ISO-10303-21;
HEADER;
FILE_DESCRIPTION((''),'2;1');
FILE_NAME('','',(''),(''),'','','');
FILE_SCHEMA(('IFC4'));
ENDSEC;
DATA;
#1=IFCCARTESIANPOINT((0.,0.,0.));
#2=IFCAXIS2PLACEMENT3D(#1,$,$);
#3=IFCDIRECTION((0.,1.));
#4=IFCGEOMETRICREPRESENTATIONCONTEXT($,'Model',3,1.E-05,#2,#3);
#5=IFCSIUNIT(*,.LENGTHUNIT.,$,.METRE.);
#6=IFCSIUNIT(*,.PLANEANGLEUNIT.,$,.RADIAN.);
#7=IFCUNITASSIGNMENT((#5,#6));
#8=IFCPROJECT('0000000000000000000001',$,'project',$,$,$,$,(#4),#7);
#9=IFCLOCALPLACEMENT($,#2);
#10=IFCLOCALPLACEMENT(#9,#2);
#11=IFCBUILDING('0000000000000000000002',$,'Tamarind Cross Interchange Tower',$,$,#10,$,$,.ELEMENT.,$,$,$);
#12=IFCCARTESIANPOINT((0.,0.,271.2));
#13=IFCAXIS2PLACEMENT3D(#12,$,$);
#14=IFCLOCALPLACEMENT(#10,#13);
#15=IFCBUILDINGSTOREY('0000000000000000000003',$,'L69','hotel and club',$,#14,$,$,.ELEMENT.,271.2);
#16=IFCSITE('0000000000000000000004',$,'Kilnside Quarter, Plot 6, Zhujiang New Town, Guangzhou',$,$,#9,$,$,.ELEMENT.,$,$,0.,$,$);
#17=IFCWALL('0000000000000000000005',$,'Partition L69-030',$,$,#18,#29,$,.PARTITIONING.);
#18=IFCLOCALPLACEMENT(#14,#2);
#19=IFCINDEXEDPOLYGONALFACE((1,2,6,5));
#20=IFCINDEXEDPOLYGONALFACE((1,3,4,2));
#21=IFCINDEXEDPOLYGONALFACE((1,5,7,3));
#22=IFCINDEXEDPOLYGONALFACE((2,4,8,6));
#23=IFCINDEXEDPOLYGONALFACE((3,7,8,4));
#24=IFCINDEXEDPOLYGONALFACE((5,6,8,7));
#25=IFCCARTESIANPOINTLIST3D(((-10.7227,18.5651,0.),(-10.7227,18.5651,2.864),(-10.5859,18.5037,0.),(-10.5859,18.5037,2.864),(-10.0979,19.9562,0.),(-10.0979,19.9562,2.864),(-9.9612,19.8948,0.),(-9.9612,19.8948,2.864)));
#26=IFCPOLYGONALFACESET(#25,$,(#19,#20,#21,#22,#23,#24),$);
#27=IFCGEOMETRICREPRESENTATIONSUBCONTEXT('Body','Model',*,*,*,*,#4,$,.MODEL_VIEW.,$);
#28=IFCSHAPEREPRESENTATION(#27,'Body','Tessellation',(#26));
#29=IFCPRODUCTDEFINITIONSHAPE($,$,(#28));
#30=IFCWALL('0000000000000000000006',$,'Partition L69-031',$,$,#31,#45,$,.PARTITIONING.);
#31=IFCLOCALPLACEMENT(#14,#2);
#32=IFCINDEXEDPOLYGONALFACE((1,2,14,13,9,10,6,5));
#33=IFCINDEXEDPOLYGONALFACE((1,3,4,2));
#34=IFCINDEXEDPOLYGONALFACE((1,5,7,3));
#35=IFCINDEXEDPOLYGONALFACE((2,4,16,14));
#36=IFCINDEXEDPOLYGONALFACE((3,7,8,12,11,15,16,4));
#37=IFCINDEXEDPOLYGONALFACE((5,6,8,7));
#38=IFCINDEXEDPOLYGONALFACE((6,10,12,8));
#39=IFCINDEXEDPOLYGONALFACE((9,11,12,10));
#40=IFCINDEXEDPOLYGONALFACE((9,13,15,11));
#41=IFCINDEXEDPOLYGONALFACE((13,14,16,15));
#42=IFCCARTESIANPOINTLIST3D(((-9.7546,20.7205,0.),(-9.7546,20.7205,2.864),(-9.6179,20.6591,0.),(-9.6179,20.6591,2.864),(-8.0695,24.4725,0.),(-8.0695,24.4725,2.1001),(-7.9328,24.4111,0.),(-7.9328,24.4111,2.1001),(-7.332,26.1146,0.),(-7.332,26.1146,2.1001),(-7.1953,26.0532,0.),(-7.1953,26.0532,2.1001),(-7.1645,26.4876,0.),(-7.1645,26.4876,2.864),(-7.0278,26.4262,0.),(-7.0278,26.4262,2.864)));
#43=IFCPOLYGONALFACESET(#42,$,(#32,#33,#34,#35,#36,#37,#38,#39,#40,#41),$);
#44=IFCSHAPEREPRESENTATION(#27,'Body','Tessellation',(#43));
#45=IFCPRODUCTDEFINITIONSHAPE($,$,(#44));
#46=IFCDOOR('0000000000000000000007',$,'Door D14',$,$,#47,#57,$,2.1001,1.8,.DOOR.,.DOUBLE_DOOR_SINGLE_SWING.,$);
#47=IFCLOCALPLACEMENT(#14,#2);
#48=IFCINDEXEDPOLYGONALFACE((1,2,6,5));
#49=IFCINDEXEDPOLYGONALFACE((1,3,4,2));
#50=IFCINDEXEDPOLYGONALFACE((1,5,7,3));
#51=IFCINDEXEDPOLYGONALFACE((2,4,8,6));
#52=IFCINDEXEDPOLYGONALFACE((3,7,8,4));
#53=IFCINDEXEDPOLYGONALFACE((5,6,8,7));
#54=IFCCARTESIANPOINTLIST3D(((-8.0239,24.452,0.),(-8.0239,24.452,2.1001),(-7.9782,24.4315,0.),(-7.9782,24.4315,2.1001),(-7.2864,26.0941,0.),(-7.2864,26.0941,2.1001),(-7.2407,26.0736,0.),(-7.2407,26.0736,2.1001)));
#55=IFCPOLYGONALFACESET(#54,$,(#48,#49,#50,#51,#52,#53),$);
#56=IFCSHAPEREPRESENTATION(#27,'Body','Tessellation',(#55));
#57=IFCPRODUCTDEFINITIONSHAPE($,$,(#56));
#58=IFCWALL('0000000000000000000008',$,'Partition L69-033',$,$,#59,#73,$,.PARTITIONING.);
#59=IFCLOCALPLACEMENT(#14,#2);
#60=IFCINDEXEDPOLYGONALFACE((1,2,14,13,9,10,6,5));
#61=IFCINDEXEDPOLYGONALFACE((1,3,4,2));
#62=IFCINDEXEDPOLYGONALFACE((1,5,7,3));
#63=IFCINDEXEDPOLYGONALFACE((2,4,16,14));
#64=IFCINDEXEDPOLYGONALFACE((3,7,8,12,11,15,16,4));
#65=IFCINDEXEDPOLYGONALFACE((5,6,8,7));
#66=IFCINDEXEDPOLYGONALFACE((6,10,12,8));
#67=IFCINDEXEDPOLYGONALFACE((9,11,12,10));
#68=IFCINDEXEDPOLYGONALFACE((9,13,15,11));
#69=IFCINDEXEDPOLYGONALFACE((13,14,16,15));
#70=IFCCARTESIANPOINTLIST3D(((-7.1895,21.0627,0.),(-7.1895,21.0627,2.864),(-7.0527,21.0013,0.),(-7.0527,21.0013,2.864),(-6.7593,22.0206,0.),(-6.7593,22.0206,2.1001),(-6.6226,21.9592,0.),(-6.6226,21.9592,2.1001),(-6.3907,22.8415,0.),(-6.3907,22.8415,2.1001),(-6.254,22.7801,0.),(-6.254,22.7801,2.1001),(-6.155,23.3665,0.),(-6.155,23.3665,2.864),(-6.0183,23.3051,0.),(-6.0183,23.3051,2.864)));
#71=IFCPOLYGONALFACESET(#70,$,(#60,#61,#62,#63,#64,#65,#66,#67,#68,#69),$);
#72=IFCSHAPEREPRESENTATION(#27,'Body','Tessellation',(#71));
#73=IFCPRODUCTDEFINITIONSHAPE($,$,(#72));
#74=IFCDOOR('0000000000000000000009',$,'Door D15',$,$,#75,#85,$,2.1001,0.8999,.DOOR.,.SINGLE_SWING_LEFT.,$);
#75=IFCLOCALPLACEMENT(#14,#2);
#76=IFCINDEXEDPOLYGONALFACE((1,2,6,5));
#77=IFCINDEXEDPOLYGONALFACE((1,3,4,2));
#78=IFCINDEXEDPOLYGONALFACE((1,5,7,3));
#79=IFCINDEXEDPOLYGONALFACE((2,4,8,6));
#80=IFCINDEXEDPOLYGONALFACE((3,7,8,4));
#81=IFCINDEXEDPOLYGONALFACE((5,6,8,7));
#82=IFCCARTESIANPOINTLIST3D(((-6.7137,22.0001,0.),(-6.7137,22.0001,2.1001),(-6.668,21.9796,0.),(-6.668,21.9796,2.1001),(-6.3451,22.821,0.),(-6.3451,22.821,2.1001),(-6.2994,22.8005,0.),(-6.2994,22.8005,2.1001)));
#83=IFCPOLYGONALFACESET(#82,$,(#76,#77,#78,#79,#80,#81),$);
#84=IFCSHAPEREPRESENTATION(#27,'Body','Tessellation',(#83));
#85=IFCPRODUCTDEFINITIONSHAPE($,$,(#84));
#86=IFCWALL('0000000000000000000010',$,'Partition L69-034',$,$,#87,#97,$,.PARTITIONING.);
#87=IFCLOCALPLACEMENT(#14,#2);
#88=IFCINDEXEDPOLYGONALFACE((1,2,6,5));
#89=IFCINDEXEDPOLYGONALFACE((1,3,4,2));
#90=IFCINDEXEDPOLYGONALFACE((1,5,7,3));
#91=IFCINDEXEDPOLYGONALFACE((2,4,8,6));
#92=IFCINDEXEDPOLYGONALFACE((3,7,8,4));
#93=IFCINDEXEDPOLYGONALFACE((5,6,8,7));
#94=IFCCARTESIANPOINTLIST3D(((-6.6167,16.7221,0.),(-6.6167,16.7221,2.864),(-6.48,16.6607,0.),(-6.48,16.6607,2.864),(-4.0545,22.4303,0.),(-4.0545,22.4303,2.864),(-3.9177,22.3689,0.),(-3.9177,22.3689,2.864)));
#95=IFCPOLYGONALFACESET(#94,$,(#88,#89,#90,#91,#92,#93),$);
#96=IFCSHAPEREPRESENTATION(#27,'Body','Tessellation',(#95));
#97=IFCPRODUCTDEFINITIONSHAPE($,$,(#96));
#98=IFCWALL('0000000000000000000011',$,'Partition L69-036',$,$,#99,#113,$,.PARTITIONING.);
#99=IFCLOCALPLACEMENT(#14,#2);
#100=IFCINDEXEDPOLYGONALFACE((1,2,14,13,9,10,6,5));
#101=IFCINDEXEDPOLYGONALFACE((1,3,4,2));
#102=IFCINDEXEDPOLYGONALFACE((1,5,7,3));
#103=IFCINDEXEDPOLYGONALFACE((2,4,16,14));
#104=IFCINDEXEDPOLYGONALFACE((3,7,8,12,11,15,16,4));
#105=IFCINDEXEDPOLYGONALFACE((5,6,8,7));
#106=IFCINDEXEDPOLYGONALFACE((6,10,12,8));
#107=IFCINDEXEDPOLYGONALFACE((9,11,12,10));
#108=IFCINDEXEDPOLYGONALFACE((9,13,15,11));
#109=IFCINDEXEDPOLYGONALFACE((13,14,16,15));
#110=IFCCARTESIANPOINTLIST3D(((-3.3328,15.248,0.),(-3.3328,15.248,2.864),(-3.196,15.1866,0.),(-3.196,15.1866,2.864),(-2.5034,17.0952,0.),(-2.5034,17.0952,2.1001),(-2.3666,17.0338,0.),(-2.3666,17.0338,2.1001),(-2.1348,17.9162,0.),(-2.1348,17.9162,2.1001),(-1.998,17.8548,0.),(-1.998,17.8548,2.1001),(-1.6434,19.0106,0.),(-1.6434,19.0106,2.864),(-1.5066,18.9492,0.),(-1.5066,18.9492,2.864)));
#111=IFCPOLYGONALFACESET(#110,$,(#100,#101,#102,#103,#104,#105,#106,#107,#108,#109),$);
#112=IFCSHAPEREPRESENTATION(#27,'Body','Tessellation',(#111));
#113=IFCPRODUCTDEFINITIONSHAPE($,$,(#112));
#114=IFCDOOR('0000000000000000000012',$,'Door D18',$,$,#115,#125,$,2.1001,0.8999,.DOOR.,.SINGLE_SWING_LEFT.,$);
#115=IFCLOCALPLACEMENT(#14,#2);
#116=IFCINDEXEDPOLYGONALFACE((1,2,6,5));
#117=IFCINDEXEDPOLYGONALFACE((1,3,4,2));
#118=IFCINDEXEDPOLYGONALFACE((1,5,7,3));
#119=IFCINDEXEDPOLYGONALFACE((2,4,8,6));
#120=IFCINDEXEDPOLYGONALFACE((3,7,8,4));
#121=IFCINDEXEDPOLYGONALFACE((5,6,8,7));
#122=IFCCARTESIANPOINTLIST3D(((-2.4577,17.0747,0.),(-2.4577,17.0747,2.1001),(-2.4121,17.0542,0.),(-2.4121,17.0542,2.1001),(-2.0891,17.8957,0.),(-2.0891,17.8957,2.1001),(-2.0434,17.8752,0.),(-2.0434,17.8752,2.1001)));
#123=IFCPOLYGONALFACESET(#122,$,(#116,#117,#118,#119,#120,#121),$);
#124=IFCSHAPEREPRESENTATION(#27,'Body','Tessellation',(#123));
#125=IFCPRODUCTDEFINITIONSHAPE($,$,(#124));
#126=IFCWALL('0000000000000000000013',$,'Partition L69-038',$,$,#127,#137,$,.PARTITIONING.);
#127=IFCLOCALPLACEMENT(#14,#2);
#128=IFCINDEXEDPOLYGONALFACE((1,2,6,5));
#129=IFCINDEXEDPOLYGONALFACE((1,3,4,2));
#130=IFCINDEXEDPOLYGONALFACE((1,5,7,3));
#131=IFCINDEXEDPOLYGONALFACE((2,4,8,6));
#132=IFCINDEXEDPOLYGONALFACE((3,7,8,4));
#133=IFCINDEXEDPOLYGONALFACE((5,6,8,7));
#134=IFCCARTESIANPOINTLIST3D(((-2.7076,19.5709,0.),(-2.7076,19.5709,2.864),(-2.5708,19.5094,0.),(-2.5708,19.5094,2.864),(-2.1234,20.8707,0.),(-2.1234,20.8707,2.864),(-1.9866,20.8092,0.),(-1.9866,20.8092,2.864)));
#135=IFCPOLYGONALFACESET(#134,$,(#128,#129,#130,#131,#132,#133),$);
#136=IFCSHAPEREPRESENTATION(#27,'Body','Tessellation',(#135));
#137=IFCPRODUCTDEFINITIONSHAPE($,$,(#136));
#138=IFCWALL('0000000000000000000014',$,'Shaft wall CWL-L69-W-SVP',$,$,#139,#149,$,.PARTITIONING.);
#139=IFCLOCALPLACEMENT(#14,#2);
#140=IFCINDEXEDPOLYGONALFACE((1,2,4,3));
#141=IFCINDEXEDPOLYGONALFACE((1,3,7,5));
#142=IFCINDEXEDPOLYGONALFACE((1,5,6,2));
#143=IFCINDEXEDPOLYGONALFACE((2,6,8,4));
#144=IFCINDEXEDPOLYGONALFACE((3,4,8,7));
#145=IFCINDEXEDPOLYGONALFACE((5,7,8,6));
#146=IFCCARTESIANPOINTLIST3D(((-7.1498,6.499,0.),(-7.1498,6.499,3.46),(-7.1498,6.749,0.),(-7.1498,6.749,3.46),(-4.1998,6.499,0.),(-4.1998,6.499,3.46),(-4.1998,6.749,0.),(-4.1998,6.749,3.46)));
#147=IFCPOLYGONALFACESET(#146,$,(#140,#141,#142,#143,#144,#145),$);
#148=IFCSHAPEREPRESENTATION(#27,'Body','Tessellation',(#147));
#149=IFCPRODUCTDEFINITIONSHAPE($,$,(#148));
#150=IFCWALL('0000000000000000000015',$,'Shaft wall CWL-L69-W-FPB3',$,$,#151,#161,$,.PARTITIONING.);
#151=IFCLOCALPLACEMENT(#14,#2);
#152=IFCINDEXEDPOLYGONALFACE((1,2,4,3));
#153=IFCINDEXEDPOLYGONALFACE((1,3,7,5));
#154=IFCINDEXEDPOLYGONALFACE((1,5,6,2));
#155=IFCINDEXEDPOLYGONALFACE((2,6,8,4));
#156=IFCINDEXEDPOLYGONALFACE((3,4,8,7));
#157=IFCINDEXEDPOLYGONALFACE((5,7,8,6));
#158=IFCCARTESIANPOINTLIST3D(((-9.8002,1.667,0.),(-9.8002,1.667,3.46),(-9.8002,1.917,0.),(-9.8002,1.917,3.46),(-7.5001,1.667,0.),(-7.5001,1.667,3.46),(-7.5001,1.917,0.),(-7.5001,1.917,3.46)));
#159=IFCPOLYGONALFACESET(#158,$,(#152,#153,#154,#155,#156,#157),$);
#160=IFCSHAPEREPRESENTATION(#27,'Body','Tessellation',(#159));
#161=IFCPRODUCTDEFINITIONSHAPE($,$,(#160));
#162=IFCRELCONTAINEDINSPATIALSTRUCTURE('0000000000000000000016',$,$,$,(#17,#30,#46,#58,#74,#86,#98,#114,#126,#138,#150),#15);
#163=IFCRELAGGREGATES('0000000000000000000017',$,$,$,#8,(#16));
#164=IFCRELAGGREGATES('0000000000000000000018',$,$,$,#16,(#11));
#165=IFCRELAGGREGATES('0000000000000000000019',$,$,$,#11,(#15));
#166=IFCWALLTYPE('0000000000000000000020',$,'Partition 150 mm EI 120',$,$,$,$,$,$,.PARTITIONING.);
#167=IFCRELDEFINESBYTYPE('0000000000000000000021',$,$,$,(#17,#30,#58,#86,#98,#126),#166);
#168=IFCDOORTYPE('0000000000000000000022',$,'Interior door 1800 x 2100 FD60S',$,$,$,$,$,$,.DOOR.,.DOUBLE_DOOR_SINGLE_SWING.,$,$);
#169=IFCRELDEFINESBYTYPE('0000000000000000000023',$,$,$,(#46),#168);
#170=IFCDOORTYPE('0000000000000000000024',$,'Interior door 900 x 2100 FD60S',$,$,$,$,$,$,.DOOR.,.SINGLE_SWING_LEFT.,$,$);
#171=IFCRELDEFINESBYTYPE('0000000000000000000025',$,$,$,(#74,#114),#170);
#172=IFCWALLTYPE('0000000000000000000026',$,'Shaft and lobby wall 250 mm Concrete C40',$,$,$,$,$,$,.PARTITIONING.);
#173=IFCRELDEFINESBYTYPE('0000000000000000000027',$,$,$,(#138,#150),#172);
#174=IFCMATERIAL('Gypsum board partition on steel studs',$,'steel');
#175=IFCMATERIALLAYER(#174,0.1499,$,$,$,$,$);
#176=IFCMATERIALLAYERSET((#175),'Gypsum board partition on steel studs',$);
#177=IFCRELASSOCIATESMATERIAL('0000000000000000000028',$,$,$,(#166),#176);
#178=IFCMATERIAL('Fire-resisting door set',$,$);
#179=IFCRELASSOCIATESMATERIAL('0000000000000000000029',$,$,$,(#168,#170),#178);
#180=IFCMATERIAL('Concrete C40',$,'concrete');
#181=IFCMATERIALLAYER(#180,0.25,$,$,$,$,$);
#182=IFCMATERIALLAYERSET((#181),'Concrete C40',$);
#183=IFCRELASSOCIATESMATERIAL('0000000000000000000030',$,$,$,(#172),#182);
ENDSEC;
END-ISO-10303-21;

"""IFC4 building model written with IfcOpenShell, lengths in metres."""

from ifc_helpers import new_model, si_unit, direction, frame, frame_2d, origin, place, context, subcontext, project, spatial, rectangle, extrude, material, layer, layer_set, type_object, element, fill, save


model = new_model("IFC4")

# Units and contexts
model_context = context("Model", 3, precision=1e-05, world=origin(), true_north=direction((0.0, 1.0)))
body_context = subcontext(model_context, "Body", "Model", "MODEL_VIEW")
ifc_project = project(units=[si_unit("LENGTHUNIT", "METRE"), si_unit("PLANEANGLEUNIT", "RADIAN")], contexts=[model_context])

# Site, building, storey
site_placement = place(None, origin())
site = spatial("IfcSite", under=ifc_project, at=site_placement, Name="Kilnside Quarter, Plot 6, Zhujiang New Town, Guangzhou", CompositionType="ELEMENT", RefElevation=0.0)
building_placement = place(site_placement, origin())
building = spatial("IfcBuilding", under=site, at=building_placement, Name="Tamarind Cross Interchange Tower", CompositionType="ELEMENT")
storey_placement = place(building_placement, frame((0.0, 0.0, 271.2)))
storey = spatial("IfcBuildingStorey", under=building, at=storey_placement, Name="L69", Description="hotel and club", CompositionType="ELEMENT", Elevation=271.2)

# Wall
ifc_material_1 = material(Name="Gypsum board partition on steel studs", Category="steel")
ifc_layer_1 = layer(ifc_material_1, 0.1499)
ifc_layer_set_1 = layer_set([ifc_layer_1], Name="Gypsum board partition on steel studs")
wall_type_1 = type_object("IfcWallType", Name="Partition 150 mm EI 120", PredefinedType="PARTITIONING", material=ifc_layer_set_1)
wall_1_placement = place(storey_placement, frame((-10.6543, 18.5344, 0.0), z_axis=(0.0, 0.0, 1.0), x_axis=(0.409686, 0.912227, 0.0)))
element("IfcWall", 1, at=wall_1_placement, inside=storey, type_object=wall_type_1, Name="Partition L69-030", PredefinedType="PARTITIONING", context=body_context, shape_type="SweptSolid", body=[
    extrude(rectangle(XDim=1.5249, YDim=0.1499, at=frame_2d((0.7625, 0.0))), origin(), (0.0, 0.0, 1.0), 2.864),
])

# Walls, openings, doors
wall_2_placement = place(storey_placement, frame((-9.6863, 20.6897, 0.0), z_axis=(0.0, 0.0, 1.0), x_axis=(0.409693, 0.912223, 0.0)))
wall_2 = element("IfcWall", 2, at=wall_2_placement, inside=storey, type_object=wall_type_1, Name="Partition L69-031", PredefinedType="PARTITIONING", context=body_context, shape_type="SweptSolid", body=[
    extrude(rectangle(XDim=6.322, YDim=0.1499, at=frame_2d((3.1611, 0.0))), origin(), (0.0, 0.0, 1.0), 2.864),
])
opening_1_placement = place(wall_2_placement, frame((4.1133, 0.0, 0.0)))
opening_1 = element("IfcOpeningElement", 3, at=opening_1_placement, cuts=wall_2, PredefinedType="OPENING", context=body_context, shape_type="SweptSolid", body=[
    extrude(rectangle(XDim=1.8, YDim=2.1001, at=frame_2d((0.8999, 1.05))), frame((0.0, 0.085, 0.0), z_axis=(0.0, -1.0, 0.0), x_axis=(1.0, 0.0, 0.0)), (0.0, 0.0, 1.0), 0.1699),
])
ifc_material_2 = material(Name="Fire-resisting door set")
door_type_1 = type_object("IfcDoorType", Name="Interior door 1800 x 2100 FD60S", OperationType="DOUBLE_DOOR_SINGLE_SWING", PredefinedType="DOOR", material=ifc_material_2)
door_1_placement = place(opening_1_placement, origin())
door_1 = element("IfcDoor", 4, at=door_1_placement, inside=storey, type_object=door_type_1, Name="Door D14", OperationType="DOUBLE_DOOR_SINGLE_SWING", OverallHeight=2.1001, OverallWidth=1.8, PredefinedType="DOOR", context=body_context, shape_type="SweptSolid", body=[
    extrude(rectangle(XDim=1.8, YDim=2.1001, at=frame_2d((0.8999, 1.05))), frame((0.0, 0.0249, 0.0), z_axis=(0.0, -1.0, 0.0), x_axis=(1.0, 0.0, 0.0)), (0.0, 0.0, 1.0), 0.05),
])
fill(opening_1, door_1)
wall_3_placement = place(storey_placement, frame((-7.1211, 21.032, 0.0), z_axis=(0.0, 0.0, 1.0), x_axis=(0.409625, 0.912254, 0.0)))
wall_3 = element("IfcWall", 5, at=wall_3_placement, inside=storey, type_object=wall_type_1, Name="Partition L69-033", PredefinedType="PARTITIONING", context=body_context, shape_type="SweptSolid", body=[
    extrude(rectangle(XDim=2.5254, YDim=0.1499, at=frame_2d((1.2627, 0.0))), origin(), (0.0, 0.0, 1.0), 2.864),
])
opening_2_placement = place(wall_3_placement, frame((1.05, 0.0, 0.0)))
opening_2 = element("IfcOpeningElement", 6, at=opening_2_placement, cuts=wall_3, PredefinedType="OPENING", context=body_context, shape_type="SweptSolid", body=[
    extrude(rectangle(XDim=0.8999, YDim=2.1001, at=frame_2d((0.45, 1.05))), frame((0.0, 0.085, 0.0), z_axis=(0.0, -1.0, 0.0), x_axis=(1.0, 0.0, 0.0)), (0.0, 0.0, 1.0), 0.1699),
])
door_type_2 = type_object("IfcDoorType", Name="Interior door 900 x 2100 FD60S", OperationType="SINGLE_SWING_LEFT", PredefinedType="DOOR", material=ifc_material_2)
door_2_placement = place(opening_2_placement, origin())
door_2 = element("IfcDoor", 7, at=door_2_placement, inside=storey, type_object=door_type_2, Name="Door D15", OperationType="SINGLE_SWING_LEFT", OverallHeight=2.1001, OverallWidth=0.8999, PredefinedType="DOOR", context=body_context, shape_type="SweptSolid", body=[
    extrude(rectangle(XDim=0.8999, YDim=2.1001, at=frame_2d((0.45, 1.05))), frame((0.0, 0.0249, 0.0), z_axis=(0.0, -1.0, 0.0), x_axis=(1.0, 0.0, 0.0)), (0.0, 0.0, 1.0), 0.05),
])
fill(opening_2, door_2)

# Wall
wall_4_placement = place(storey_placement, frame((-6.5483, 16.6914, 0.0), z_axis=(0.0, 0.0, 1.0), x_axis=(0.409506, 0.912307, 0.0)))
element("IfcWall", 8, at=wall_4_placement, inside=storey, type_object=wall_type_1, Name="Partition L69-034", PredefinedType="PARTITIONING", context=body_context, shape_type="SweptSolid", body=[
    extrude(rectangle(XDim=6.2568, YDim=0.1499, at=frame_2d((3.1284, 0.0))), origin(), (0.0, 0.0, 1.0), 2.864),
])

# Wall, opening, door
wall_5_placement = place(storey_placement, frame((-3.2644, 15.2173, 0.0), z_axis=(0.0, 0.0, 1.0), x_axis=(0.409606, 0.912262, 0.0)))
wall_5 = element("IfcWall", 9, at=wall_5_placement, inside=storey, type_object=wall_type_1, Name="Partition L69-036", PredefinedType="PARTITIONING", context=body_context, shape_type="SweptSolid", body=[
    extrude(rectangle(XDim=4.1245, YDim=0.1499, at=frame_2d((2.0623, 0.0))), origin(), (0.0, 0.0, 1.0), 2.864),
])
opening_3_placement = place(wall_5_placement, frame((2.0249, 0.0, 0.0)))
opening_3 = element("IfcOpeningElement", 10, at=opening_3_placement, cuts=wall_5, PredefinedType="OPENING", context=body_context, shape_type="SweptSolid", body=[
    extrude(rectangle(XDim=0.8999, YDim=2.1001, at=frame_2d((0.45, 1.05))), frame((0.0, 0.085, 0.0), z_axis=(0.0, -1.0, 0.0), x_axis=(1.0, 0.0, 0.0)), (0.0, 0.0, 1.0), 0.1699),
])
door_3_placement = place(opening_3_placement, origin())
door_3 = element("IfcDoor", 11, at=door_3_placement, inside=storey, type_object=door_type_2, Name="Door D18", OperationType="SINGLE_SWING_LEFT", OverallHeight=2.1001, OverallWidth=0.8999, PredefinedType="DOOR", context=body_context, shape_type="SweptSolid", body=[
    extrude(rectangle(XDim=0.8999, YDim=2.1001, at=frame_2d((0.45, 1.05))), frame((0.0, 0.0249, 0.0), z_axis=(0.0, -1.0, 0.0), x_axis=(1.0, 0.0, 0.0)), (0.0, 0.0, 1.0), 0.05),
])
fill(opening_3, door_3)

# Walls
wall_6_placement = place(storey_placement, frame((-2.6392, 19.5403, 0.0), z_axis=(0.0, 0.0, 1.0), x_axis=(0.409966, 0.912101, 0.0)))
element("IfcWall", 12, at=wall_6_placement, inside=storey, type_object=wall_type_1, Name="Partition L69-038", PredefinedType="PARTITIONING", context=body_context, shape_type="SweptSolid", body=[
    extrude(rectangle(XDim=1.425, YDim=0.1499, at=frame_2d((0.7124, 0.0))), origin(), (0.0, 0.0, 1.0), 2.864),
])
ifc_material_3 = material(Name="Concrete C40", Category="concrete")
ifc_layer_2 = layer(ifc_material_3, 0.25)
ifc_layer_set_2 = layer_set([ifc_layer_2], Name="Concrete C40")
wall_type_2 = type_object("IfcWallType", Name="Shaft and lobby wall 250 mm Concrete C40", PredefinedType="PARTITIONING", material=ifc_layer_set_2)
wall_7_placement = place(storey_placement, frame((-7.1499, 6.624, 0.0), z_axis=(0.0, 0.0, 1.0), x_axis=(1.0, 0.0, 0.0)))
element("IfcWall", 13, at=wall_7_placement, inside=storey, type_object=wall_type_2, Name="Shaft wall CWL-L69-W-SVP", PredefinedType="PARTITIONING", context=body_context, shape_type="SweptSolid", body=[
    extrude(rectangle(XDim=2.95, YDim=0.25, at=frame_2d((1.4751, 0.0))), origin(), (0.0, 0.0, 1.0), 3.46),
])
wall_8_placement = place(storey_placement, frame((-9.8, 1.792, 0.0), z_axis=(0.0, 0.0, 1.0), x_axis=(1.0, 0.0, 0.0)))
element("IfcWall", 14, at=wall_8_placement, inside=storey, type_object=wall_type_2, Name="Shaft wall CWL-L69-W-FPB3", PredefinedType="PARTITIONING", context=body_context, shape_type="SweptSolid", body=[
    extrude(rectangle(XDim=2.3, YDim=0.25, at=frame_2d((1.1499, 0.0))), origin(), (0.0, 0.0, 1.0), 3.46),
])

save(model, "model.ifc")
